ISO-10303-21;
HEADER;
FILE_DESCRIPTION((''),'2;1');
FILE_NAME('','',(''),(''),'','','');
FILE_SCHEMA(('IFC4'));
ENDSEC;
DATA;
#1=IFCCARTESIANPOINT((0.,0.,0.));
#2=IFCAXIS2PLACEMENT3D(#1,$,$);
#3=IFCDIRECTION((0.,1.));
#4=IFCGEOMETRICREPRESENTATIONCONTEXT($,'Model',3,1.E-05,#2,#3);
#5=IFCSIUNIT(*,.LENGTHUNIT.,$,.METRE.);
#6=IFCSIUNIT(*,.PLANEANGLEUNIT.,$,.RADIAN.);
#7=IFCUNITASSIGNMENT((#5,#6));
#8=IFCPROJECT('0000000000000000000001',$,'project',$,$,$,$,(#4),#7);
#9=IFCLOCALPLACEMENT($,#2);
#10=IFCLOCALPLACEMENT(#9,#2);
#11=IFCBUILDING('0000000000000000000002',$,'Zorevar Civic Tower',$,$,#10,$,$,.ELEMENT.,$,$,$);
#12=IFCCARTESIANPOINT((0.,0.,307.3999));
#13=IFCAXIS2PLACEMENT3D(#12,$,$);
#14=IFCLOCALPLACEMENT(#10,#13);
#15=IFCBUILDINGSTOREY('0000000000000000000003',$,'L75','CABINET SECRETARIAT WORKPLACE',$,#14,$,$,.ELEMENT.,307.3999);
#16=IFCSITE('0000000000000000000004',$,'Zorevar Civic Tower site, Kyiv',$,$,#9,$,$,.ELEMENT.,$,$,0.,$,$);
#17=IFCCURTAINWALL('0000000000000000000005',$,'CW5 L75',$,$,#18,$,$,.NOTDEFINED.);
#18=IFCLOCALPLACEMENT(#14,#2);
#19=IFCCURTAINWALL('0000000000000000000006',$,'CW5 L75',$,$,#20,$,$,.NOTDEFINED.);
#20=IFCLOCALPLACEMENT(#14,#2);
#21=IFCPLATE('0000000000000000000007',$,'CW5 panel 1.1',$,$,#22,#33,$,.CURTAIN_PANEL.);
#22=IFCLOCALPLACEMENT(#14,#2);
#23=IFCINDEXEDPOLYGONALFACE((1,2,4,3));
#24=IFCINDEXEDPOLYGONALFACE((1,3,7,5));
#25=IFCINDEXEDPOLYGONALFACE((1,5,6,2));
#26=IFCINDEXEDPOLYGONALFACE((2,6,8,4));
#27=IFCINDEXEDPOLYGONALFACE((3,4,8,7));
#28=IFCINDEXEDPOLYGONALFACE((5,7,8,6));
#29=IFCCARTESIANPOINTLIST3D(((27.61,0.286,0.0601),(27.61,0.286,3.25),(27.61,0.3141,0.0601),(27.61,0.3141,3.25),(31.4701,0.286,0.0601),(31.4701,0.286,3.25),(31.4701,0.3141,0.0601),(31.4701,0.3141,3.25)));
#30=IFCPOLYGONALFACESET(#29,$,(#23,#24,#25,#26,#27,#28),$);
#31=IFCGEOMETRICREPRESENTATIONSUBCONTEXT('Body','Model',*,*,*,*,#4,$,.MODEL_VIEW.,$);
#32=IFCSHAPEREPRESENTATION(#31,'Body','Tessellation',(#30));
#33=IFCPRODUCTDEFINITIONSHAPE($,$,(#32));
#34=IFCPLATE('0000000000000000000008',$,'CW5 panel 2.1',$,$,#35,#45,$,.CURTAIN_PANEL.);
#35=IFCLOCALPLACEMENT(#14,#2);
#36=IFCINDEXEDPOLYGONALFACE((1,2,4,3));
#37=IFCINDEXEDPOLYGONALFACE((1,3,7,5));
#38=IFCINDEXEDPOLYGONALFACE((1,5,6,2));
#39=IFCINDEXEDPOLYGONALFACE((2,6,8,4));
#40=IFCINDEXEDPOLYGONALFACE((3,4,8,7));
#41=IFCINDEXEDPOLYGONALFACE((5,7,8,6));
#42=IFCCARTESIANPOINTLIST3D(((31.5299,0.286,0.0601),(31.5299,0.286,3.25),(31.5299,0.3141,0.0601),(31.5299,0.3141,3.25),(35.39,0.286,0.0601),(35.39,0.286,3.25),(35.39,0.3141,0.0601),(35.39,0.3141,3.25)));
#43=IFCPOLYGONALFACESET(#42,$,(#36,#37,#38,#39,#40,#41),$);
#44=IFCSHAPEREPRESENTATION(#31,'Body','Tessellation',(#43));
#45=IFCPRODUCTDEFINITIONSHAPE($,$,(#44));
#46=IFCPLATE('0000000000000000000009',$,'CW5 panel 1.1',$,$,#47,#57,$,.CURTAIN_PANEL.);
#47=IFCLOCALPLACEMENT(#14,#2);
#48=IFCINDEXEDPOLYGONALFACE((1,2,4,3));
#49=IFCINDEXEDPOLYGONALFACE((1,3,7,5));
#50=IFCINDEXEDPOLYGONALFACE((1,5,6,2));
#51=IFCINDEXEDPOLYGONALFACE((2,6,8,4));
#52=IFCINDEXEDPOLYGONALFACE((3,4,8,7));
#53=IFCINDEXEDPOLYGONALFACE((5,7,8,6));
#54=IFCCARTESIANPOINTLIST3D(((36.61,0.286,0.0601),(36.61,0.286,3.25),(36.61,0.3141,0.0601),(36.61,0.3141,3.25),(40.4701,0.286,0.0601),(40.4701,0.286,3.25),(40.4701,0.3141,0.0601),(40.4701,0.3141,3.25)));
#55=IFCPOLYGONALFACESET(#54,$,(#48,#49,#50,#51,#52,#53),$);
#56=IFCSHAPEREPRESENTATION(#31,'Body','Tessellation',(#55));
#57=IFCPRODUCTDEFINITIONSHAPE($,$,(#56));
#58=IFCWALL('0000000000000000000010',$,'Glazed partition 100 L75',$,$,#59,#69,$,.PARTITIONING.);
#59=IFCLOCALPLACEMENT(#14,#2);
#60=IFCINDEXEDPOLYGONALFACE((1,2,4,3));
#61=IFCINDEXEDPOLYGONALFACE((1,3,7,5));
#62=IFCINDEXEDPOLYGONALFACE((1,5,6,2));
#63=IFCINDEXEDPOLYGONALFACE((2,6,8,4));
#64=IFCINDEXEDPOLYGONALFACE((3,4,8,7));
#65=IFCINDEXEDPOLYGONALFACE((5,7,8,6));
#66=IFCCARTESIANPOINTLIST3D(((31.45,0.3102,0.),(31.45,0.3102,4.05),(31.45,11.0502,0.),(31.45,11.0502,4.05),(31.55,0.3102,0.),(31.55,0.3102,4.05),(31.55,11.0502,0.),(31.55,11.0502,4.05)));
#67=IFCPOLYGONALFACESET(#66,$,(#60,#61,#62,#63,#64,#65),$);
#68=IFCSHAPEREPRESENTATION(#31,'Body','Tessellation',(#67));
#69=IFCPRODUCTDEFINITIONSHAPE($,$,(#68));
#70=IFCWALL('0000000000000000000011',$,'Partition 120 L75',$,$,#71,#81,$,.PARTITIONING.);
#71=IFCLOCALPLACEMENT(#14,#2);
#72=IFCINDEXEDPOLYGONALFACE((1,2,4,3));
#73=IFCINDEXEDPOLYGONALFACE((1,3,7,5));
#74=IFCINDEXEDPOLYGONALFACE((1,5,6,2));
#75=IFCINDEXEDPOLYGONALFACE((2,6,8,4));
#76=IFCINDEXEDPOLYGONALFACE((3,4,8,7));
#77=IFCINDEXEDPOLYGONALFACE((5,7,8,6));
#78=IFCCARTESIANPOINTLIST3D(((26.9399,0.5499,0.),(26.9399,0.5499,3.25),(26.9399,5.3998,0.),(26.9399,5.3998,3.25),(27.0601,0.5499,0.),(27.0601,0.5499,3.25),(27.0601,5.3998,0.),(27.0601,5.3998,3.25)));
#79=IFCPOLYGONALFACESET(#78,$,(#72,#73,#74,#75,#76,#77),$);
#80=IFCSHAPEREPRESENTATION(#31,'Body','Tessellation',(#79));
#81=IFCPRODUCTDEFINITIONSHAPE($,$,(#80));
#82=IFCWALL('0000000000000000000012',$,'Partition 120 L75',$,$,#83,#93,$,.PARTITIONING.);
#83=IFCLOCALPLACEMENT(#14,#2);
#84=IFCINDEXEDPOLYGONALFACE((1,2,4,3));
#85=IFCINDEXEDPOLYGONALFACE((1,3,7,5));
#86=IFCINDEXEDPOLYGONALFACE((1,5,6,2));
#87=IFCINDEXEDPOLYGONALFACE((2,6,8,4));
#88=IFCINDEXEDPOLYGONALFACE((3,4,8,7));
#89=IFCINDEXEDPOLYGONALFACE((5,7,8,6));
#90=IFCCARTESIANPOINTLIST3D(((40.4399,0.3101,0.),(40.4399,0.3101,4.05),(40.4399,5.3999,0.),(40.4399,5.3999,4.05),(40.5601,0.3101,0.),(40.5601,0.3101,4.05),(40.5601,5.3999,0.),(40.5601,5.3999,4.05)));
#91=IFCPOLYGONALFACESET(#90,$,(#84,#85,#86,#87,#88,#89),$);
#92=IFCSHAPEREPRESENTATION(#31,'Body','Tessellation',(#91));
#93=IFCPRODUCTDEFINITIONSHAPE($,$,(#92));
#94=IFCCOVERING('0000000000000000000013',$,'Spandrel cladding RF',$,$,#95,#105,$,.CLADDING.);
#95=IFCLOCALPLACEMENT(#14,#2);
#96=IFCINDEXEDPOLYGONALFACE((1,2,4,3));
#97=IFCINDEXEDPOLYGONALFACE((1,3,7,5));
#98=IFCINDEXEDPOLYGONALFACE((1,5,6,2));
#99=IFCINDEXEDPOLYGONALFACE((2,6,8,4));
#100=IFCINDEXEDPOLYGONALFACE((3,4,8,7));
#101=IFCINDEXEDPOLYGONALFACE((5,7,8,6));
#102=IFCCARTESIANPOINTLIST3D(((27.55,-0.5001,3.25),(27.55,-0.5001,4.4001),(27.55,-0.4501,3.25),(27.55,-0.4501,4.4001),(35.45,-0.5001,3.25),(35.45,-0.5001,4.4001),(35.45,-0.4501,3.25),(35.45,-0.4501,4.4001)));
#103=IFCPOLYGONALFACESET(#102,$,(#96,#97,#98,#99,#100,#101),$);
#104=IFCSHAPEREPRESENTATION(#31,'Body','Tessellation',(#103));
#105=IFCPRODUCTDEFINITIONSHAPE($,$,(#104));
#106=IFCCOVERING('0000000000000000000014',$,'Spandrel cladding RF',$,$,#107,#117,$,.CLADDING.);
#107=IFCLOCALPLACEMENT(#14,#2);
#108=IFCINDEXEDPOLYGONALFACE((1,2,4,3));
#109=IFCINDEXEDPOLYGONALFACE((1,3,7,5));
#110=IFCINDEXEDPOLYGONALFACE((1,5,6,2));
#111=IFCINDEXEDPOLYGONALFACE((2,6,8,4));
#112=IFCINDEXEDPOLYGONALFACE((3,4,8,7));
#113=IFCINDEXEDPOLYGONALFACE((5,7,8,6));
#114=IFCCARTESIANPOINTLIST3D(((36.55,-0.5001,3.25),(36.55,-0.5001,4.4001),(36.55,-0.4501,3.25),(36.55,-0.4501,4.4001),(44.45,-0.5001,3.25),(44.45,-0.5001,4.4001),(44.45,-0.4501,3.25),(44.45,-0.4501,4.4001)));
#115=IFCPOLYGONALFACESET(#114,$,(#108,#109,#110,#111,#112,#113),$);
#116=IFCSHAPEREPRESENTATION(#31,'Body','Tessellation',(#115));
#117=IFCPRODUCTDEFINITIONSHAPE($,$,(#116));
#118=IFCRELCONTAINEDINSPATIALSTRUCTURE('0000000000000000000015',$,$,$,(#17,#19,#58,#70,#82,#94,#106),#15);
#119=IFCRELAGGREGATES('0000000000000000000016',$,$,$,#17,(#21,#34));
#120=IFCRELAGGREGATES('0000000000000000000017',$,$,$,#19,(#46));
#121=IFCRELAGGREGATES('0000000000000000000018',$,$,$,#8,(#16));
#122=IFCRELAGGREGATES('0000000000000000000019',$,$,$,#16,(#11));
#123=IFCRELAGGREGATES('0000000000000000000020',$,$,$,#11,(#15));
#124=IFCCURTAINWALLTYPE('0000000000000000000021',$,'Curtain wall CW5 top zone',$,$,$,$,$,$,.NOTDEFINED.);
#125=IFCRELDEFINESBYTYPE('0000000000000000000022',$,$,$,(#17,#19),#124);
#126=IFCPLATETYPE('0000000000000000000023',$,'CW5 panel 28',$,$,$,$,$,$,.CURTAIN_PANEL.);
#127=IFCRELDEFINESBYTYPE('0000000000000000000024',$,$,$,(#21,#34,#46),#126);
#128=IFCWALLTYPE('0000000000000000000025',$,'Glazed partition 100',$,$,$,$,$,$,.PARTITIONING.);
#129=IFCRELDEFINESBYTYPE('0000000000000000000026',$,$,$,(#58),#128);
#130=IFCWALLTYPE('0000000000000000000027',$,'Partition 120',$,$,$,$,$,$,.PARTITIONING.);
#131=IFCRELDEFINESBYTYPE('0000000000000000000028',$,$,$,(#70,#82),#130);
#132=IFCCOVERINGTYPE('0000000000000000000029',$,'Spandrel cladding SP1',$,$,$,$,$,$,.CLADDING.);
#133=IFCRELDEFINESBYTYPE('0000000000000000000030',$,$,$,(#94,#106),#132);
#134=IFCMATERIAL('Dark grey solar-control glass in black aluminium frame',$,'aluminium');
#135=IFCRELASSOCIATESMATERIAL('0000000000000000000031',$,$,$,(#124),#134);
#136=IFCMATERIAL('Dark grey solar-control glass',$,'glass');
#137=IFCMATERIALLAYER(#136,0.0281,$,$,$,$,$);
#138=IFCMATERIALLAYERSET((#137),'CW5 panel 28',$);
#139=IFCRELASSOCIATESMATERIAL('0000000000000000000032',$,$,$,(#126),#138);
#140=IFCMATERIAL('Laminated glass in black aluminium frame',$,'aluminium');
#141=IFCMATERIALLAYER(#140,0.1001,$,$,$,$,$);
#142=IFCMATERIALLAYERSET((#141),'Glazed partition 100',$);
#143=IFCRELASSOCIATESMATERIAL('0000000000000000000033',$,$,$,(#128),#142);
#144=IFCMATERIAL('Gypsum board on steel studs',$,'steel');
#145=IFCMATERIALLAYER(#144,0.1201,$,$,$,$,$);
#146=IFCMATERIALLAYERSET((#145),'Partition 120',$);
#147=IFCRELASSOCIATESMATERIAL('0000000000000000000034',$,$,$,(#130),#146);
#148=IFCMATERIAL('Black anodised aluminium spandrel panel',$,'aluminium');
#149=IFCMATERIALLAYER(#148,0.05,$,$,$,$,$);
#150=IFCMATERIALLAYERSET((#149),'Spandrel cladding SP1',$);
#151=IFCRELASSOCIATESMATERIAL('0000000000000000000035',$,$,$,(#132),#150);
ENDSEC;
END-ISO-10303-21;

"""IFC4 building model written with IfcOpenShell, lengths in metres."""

from ifc_helpers import new_model, si_unit, direction, frame, frame_2d, origin, origin_2d, place, context, subcontext, project, spatial, rectangle, extrude, material, layer, layer_set, type_object, element, aggregate, save


model = new_model("IFC4")

# Units and contexts
model_context = context("Model", 3, precision=1e-05, world=origin(), true_north=direction((0.0, 1.0)))
body_context = subcontext(model_context, "Body", "Model", "MODEL_VIEW")
ifc_project = project(units=[si_unit("LENGTHUNIT", "METRE"), si_unit("PLANEANGLEUNIT", "RADIAN")], contexts=[model_context])

# Site, building, storey
site_placement = place(None, origin())
site = spatial("IfcSite", under=ifc_project, at=site_placement, Name="Zorevar Civic Tower site, Kyiv", CompositionType="ELEMENT", RefElevation=0.0)
building_placement = place(site_placement, origin())
building = spatial("IfcBuilding", under=site, at=building_placement, Name="Zorevar Civic Tower", CompositionType="ELEMENT")
storey_placement = place(building_placement, frame((0.0, 0.0, 307.3999)))
storey = spatial("IfcBuildingStorey", under=building, at=storey_placement, Name="L75", Description="CABINET SECRETARIAT WORKPLACE", CompositionType="ELEMENT", Elevation=307.3999)

# Curtain walls
ifc_material_1 = material(Name="Dark grey solar-control glass in black aluminium frame", Category="aluminium")
curtain_wall_type = type_object("IfcCurtainWallType", Name="Curtain wall CW5 top zone", PredefinedType="NOTDEFINED", material=ifc_material_1)
curtain_wall_1_placement = place(storey_placement, origin())
curtain_wall_1 = element("IfcCurtainWall", 1, at=curtain_wall_1_placement, inside=storey, type_object=curtain_wall_type, Name="CW5 L75", PredefinedType="NOTDEFINED")
curtain_wall_2_placement = place(storey_placement, origin())
curtain_wall_2 = element("IfcCurtainWall", 2, at=curtain_wall_2_placement, inside=storey, type_object=curtain_wall_type, Name="CW5 L75", PredefinedType="NOTDEFINED")

# Plates
ifc_material_2 = material(Name="Dark grey solar-control glass", Category="glass")
ifc_layer_1 = layer(ifc_material_2, 0.0281)
ifc_layer_set_1 = layer_set([ifc_layer_1], Name="CW5 panel 28")
plate_type = type_object("IfcPlateType", Name="CW5 panel 28", PredefinedType="CURTAIN_PANEL", material=ifc_layer_set_1)
plate_1_placement = place(storey_placement, frame((29.54, 0.3, 0.0601), z_axis=(0.0, 0.0, 1.0), x_axis=(1.0, 0.0, 0.0)))
plate_1 = element("IfcPlate", 3, at=plate_1_placement, type_object=plate_type, Name="CW5 panel 1.1", PredefinedType="CURTAIN_PANEL", context=body_context, shape_type="SweptSolid", body=[
    extrude(rectangle(XDim=3.8601, YDim=0.0281, at=origin_2d()), origin(), (0.0, 0.0, 1.0), 3.1899),
])
plate_2_placement = place(storey_placement, frame((33.46, 0.3, 0.0601), z_axis=(0.0, 0.0, 1.0), x_axis=(1.0, 0.0, 0.0)))
plate_2 = element("IfcPlate", 4, at=plate_2_placement, type_object=plate_type, Name="CW5 panel 2.1", PredefinedType="CURTAIN_PANEL", context=body_context, shape_type="SweptSolid", body=[
    extrude(rectangle(XDim=3.8601, YDim=0.0281, at=origin_2d()), origin(), (0.0, 0.0, 1.0), 3.1899),
])
aggregate(curtain_wall_1, [plate_1, plate_2])
plate_3_placement = place(storey_placement, frame((38.54, 0.3, 0.0601), z_axis=(0.0, 0.0, 1.0), x_axis=(1.0, 0.0, 0.0)))
plate_3 = element("IfcPlate", 5, at=plate_3_placement, type_object=plate_type, Name="CW5 panel 1.1", PredefinedType="CURTAIN_PANEL", context=body_context, shape_type="SweptSolid", body=[
    extrude(rectangle(XDim=3.8601, YDim=0.0281, at=origin_2d()), origin(), (0.0, 0.0, 1.0), 3.1899),
])
aggregate(curtain_wall_2, [plate_3])

# Walls
ifc_material_3 = material(Name="Laminated glass in black aluminium frame", Category="aluminium")
ifc_layer_2 = layer(ifc_material_3, 0.1001)
ifc_layer_set_2 = layer_set([ifc_layer_2], Name="Glazed partition 100")
wall_type_1 = type_object("IfcWallType", Name="Glazed partition 100", PredefinedType="PARTITIONING", material=ifc_layer_set_2)
wall_1_placement = place(storey_placement, frame((31.5, 0.3101, 0.0), z_axis=(0.0, 0.0, 1.0), x_axis=(0.0, 1.0, 0.0)))
element("IfcWall", 6, at=wall_1_placement, inside=storey, type_object=wall_type_1, Name="Glazed partition 100 L75", PredefinedType="PARTITIONING", context=body_context, shape_type="SweptSolid", body=[
    extrude(rectangle(XDim=10.74, YDim=0.1001, at=frame_2d((5.3701, 0.0))), origin(), (0.0, 0.0, 1.0), 4.05),
])
ifc_material_4 = material(Name="Gypsum board on steel studs", Category="steel")
ifc_layer_3 = layer(ifc_material_4, 0.1201)
ifc_layer_set_3 = layer_set([ifc_layer_3], Name="Partition 120")
wall_type_2 = type_object("IfcWallType", Name="Partition 120", PredefinedType="PARTITIONING", material=ifc_layer_set_3)
wall_2_placement = place(storey_placement, frame((27.0, 0.55, 0.0), z_axis=(0.0, 0.0, 1.0), x_axis=(0.0, 1.0, 0.0)))
element("IfcWall", 7, at=wall_2_placement, inside=storey, type_object=wall_type_2, Name="Partition 120 L75", PredefinedType="PARTITIONING", context=body_context, shape_type="SweptSolid", body=[
    extrude(rectangle(XDim=4.8499, YDim=0.1201, at=frame_2d((2.4248, 0.0))), origin(), (0.0, 0.0, 1.0), 3.25),
])
wall_3_placement = place(storey_placement, frame((40.5, 0.3101, 0.0), z_axis=(0.0, 0.0, 1.0), x_axis=(0.0, 1.0, 0.0)))
element("IfcWall", 8, at=wall_3_placement, inside=storey, type_object=wall_type_2, Name="Partition 120 L75", PredefinedType="PARTITIONING", context=body_context, shape_type="SweptSolid", body=[
    extrude(rectangle(XDim=5.0898, YDim=0.1201, at=frame_2d((2.5449, 0.0))), origin(), (0.0, 0.0, 1.0), 4.05),
])

# Coverings
ifc_material_5 = material(Name="Black anodised aluminium spandrel panel", Category="aluminium")
ifc_layer_4 = layer(ifc_material_5, 0.05)
ifc_layer_set_4 = layer_set([ifc_layer_4], Name="Spandrel cladding SP1")
covering_type = type_object("IfcCoveringType", Name="Spandrel cladding SP1", PredefinedType="CLADDING", material=ifc_layer_set_4)
for number, where, z_axis, x_axis, name in (
    (9, (27.55, -0.4751, 3.25), (0.0, 0.0, 1.0), (1.0, 0.0, 0.0), "Spandrel cladding RF"),
    (10, (36.55, -0.4751, 3.25), (0.0, 0.0, 1.0), (1.0, 0.0, 0.0), "Spandrel cladding RF"),
):
    element("IfcCovering", number, at=place(storey_placement, frame(where, z_axis=z_axis, x_axis=x_axis)), inside=storey, type_object=covering_type, Name=name, PredefinedType="CLADDING", context=body_context, shape_type="SweptSolid", body=[
        extrude(rectangle(XDim=7.8999, YDim=0.05, at=frame_2d((3.95, 0.0))), origin(), (0.0, 0.0, 1.0), 1.1501),
    ])

save(model, "model.ifc")
